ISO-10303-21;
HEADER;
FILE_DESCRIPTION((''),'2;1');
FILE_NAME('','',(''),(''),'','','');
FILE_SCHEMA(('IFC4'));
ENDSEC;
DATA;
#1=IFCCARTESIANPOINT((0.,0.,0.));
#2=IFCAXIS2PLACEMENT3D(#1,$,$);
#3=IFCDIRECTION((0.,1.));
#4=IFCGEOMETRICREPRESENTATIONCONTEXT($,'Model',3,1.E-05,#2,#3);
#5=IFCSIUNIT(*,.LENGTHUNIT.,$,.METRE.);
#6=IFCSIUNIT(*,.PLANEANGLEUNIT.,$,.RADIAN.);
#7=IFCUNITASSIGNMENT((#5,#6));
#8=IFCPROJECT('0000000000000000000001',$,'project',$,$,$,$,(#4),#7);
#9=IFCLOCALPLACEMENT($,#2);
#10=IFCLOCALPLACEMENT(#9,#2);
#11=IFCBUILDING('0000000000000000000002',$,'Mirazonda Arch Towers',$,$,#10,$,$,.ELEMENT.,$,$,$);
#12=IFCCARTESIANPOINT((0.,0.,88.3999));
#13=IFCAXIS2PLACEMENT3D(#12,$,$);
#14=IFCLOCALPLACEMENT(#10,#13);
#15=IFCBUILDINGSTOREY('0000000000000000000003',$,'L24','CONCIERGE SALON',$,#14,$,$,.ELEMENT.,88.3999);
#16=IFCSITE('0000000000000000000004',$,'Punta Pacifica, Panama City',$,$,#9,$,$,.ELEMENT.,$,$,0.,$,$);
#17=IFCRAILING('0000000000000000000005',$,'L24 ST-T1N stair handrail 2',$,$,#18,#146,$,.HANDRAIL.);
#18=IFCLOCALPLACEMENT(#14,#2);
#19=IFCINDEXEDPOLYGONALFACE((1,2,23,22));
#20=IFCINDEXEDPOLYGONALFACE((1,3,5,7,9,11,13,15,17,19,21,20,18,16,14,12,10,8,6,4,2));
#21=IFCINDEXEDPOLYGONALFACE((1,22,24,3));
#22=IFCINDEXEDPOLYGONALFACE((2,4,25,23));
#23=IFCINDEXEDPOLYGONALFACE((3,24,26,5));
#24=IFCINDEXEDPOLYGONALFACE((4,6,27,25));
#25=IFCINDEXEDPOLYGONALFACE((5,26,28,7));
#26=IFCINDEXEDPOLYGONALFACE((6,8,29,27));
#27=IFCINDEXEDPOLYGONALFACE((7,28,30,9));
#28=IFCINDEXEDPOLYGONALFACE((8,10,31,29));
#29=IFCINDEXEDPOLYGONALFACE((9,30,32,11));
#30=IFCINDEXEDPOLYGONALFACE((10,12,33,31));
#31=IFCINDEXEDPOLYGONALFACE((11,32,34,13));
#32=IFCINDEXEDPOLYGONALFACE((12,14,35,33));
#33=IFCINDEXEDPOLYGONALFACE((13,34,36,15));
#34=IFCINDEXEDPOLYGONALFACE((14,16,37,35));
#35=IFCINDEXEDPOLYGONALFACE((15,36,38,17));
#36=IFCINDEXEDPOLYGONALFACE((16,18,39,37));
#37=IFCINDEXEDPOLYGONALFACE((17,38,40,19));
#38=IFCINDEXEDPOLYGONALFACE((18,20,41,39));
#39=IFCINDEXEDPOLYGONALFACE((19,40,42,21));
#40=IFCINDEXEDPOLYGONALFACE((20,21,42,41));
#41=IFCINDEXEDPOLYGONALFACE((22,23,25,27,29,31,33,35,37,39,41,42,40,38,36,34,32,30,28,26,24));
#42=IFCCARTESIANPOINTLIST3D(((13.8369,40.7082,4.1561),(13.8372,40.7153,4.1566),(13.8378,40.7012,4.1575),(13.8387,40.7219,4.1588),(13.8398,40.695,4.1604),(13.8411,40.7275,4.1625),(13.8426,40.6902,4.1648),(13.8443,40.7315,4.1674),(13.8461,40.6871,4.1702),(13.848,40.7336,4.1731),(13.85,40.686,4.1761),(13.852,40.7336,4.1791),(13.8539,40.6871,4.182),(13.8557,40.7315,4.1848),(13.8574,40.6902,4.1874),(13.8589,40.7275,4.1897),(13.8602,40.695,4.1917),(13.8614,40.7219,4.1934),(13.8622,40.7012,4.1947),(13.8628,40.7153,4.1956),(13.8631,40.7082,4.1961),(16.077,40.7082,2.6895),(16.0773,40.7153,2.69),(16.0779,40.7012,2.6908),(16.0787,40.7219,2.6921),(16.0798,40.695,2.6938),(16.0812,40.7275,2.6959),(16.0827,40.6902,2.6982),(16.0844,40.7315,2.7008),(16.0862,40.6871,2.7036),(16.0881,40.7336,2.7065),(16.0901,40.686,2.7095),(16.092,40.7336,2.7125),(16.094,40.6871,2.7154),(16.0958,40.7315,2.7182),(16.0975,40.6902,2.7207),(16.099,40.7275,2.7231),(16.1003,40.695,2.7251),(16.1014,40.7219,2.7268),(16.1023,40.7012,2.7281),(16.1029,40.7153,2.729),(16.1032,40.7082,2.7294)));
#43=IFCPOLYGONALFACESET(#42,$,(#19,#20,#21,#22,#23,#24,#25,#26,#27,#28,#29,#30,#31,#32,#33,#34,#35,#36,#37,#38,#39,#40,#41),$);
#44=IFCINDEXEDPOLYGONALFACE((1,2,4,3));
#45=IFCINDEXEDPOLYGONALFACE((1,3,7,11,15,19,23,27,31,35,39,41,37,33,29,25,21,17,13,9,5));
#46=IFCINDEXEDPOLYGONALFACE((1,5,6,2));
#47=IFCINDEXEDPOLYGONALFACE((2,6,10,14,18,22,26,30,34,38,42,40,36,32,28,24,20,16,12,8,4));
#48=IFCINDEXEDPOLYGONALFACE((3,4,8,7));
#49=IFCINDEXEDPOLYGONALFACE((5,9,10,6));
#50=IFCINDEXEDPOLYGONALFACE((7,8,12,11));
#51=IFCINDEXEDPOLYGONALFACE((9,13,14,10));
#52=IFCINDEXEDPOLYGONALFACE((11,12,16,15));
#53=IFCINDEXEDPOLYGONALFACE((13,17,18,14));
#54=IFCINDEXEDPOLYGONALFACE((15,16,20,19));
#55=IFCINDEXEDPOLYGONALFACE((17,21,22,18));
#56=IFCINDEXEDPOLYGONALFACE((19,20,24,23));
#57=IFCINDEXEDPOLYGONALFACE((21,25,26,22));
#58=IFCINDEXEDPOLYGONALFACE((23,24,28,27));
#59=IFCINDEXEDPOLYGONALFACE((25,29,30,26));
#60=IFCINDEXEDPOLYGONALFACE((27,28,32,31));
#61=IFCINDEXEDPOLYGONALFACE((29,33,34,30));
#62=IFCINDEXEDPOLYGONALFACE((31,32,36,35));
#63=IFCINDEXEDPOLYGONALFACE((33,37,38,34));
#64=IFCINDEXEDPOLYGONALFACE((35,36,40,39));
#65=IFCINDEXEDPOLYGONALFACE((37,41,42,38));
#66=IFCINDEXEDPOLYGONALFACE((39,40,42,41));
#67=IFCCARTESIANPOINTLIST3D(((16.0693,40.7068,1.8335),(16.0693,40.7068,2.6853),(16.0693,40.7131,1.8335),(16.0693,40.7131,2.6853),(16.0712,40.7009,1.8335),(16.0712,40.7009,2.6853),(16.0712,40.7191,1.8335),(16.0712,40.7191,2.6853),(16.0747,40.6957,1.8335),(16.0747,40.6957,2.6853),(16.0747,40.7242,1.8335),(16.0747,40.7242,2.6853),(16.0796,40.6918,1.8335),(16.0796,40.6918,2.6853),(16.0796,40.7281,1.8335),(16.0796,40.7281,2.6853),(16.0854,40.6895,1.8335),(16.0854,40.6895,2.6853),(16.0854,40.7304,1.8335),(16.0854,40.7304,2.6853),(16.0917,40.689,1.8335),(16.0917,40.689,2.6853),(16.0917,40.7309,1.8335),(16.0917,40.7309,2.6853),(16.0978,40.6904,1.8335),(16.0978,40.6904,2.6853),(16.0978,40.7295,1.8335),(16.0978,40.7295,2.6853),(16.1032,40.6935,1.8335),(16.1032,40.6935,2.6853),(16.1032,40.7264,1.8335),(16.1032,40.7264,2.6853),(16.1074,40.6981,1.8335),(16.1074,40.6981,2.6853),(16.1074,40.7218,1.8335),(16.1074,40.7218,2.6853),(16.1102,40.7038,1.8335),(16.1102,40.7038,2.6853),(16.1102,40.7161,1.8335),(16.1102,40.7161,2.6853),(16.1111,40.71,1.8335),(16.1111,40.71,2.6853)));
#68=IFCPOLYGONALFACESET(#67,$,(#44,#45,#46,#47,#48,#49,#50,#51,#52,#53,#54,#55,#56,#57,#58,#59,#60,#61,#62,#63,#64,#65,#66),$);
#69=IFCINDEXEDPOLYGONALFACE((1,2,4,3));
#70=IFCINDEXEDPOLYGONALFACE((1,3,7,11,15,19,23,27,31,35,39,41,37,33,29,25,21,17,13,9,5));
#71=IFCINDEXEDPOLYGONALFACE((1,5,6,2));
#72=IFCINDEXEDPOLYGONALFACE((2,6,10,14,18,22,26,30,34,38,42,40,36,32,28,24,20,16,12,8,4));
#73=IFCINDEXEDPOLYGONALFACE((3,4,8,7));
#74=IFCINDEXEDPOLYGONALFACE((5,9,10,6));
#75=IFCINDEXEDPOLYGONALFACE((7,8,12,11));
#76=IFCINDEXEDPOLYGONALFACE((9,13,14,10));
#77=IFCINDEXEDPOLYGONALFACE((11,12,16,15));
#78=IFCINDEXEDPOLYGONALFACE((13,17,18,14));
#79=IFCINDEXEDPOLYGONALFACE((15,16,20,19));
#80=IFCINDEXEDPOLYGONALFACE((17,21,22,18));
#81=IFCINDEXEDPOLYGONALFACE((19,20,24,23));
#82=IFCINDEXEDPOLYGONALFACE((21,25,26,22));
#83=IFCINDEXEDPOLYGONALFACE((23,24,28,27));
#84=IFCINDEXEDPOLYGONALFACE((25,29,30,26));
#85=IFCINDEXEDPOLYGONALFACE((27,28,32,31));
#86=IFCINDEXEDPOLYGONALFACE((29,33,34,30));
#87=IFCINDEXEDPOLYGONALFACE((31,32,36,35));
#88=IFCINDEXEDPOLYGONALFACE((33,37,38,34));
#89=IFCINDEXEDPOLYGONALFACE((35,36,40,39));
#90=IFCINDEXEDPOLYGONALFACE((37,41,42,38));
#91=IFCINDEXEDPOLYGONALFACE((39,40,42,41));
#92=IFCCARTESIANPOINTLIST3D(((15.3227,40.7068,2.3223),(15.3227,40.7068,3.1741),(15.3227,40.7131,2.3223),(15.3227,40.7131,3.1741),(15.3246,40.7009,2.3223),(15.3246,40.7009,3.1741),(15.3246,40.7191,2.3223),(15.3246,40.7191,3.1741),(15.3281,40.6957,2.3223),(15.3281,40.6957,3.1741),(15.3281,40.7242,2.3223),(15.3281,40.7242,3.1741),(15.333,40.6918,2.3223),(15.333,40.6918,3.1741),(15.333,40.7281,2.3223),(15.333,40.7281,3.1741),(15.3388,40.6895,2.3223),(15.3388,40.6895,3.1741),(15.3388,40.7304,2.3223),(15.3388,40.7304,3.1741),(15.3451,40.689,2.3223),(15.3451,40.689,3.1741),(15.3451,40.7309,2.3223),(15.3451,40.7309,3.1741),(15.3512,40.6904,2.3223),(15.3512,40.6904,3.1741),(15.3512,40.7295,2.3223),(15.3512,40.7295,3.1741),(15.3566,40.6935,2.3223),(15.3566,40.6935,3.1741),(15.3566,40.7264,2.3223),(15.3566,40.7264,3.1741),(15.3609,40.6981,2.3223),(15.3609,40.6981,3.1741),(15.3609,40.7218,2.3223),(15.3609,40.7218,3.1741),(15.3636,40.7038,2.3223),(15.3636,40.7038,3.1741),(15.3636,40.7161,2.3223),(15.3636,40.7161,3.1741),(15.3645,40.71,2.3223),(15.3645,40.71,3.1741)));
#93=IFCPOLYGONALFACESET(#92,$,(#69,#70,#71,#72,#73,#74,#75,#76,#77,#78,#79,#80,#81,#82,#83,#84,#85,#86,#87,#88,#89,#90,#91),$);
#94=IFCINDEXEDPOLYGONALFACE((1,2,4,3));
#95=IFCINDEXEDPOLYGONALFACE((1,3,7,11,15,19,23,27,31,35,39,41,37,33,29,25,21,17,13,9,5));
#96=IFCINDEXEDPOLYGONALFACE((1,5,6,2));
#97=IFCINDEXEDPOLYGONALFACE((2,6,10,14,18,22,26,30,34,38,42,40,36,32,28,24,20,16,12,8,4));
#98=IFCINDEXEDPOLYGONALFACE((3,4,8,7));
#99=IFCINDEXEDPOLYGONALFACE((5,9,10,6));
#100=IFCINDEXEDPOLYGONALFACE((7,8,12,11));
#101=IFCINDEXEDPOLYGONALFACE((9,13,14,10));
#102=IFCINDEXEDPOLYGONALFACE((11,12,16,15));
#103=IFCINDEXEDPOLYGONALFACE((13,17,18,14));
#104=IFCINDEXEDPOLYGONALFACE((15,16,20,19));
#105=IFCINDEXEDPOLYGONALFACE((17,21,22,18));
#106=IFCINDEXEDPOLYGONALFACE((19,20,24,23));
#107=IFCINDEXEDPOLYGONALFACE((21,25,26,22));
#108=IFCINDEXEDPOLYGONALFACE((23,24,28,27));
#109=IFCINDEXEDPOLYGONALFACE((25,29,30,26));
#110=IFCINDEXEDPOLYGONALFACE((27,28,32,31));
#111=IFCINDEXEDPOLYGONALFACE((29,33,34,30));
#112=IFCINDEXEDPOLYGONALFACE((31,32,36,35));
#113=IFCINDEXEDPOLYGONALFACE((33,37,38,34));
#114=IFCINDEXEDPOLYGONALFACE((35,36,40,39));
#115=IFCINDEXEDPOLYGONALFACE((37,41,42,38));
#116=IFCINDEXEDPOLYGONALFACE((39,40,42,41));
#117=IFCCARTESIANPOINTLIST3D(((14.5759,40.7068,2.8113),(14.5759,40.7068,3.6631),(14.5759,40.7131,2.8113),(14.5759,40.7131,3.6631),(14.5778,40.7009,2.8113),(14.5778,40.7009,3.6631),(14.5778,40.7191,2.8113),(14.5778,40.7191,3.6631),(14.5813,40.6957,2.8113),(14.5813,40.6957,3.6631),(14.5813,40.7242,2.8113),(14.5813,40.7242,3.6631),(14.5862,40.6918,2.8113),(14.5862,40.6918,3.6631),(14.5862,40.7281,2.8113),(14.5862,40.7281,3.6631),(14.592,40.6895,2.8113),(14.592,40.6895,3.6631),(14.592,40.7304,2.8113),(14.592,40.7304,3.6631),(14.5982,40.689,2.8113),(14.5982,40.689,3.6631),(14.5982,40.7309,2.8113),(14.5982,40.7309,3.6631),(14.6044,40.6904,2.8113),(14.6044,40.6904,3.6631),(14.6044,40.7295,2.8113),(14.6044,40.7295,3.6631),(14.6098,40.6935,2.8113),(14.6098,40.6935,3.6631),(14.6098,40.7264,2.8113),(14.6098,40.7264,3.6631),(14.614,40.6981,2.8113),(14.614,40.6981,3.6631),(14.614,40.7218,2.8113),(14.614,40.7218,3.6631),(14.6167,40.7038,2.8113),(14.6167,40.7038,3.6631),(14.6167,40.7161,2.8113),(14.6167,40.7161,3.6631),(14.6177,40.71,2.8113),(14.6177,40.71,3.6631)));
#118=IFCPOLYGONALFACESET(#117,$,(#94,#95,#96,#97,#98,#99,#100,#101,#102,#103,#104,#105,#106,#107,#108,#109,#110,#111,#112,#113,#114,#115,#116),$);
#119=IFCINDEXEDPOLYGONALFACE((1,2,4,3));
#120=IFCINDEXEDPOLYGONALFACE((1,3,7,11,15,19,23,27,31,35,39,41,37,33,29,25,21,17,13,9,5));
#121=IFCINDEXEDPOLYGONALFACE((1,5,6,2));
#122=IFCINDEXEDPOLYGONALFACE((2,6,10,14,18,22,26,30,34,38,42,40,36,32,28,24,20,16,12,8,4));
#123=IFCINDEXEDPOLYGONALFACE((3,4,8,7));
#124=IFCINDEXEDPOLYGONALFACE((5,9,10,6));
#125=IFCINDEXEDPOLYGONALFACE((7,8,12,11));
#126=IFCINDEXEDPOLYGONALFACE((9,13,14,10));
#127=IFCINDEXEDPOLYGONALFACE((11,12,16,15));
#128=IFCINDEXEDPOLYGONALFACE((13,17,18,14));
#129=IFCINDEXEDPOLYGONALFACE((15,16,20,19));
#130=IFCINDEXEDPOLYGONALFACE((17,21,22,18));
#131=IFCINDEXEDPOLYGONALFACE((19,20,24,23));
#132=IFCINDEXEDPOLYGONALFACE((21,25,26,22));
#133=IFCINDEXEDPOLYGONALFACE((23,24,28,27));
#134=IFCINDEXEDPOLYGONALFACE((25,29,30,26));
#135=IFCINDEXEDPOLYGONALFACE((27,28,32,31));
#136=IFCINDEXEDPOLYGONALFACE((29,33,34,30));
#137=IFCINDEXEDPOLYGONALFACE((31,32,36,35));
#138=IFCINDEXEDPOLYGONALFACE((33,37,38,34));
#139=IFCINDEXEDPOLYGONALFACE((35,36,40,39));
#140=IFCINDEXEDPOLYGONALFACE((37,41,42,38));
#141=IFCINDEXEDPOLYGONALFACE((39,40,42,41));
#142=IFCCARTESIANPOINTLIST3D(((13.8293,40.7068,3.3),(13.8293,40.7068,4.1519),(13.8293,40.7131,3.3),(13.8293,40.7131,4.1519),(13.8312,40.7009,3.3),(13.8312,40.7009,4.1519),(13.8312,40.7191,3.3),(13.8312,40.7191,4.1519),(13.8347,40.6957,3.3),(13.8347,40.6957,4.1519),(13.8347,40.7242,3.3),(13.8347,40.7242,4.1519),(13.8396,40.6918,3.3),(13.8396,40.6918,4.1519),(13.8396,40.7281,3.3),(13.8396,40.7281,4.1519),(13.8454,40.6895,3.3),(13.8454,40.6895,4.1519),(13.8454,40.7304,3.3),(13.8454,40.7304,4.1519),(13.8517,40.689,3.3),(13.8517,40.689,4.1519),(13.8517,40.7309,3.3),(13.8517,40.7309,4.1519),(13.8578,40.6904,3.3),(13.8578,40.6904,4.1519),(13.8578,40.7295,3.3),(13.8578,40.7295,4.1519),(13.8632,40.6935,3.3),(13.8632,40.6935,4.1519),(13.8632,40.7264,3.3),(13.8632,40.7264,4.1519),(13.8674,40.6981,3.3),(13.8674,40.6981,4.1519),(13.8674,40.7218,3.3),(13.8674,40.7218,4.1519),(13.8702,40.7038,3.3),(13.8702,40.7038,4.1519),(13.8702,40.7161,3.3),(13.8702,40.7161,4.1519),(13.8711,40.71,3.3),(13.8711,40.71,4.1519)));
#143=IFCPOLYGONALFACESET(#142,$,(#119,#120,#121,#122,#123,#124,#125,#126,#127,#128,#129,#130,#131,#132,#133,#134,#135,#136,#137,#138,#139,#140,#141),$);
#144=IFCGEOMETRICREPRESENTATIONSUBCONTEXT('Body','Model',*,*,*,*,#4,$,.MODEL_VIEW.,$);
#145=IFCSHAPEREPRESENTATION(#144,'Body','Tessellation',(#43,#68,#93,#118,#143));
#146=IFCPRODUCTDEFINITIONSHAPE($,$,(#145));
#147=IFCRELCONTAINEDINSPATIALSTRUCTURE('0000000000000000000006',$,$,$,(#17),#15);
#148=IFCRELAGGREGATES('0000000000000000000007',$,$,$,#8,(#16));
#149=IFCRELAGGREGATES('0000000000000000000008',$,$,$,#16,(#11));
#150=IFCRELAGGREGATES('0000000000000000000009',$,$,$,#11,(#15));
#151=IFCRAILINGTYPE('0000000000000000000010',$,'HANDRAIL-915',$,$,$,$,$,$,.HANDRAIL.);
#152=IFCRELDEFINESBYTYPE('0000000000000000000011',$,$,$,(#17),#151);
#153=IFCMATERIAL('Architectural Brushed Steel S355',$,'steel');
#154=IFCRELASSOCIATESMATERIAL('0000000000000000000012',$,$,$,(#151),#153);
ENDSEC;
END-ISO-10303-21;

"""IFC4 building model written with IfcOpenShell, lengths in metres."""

from ifc_helpers import new_model, si_unit, direction, frame, origin, origin_2d, place, context, subcontext, project, spatial, circle, extrude, material, type_object, element, save


model = new_model("IFC4")

# Units and contexts
model_context = context("Model", 3, precision=1e-05, world=origin(), true_north=direction((0.0, 1.0)))
body_context = subcontext(model_context, "Body", "Model", "MODEL_VIEW")
ifc_project = project(units=[si_unit("LENGTHUNIT", "METRE"), si_unit("PLANEANGLEUNIT", "RADIAN")], contexts=[model_context])

# Site, building, storey
site_placement = place(None, origin())
site = spatial("IfcSite", under=ifc_project, at=site_placement, Name="Punta Pacifica, Panama City", CompositionType="ELEMENT", RefElevation=0.0)
building_placement = place(site_placement, origin())
building = spatial("IfcBuilding", under=site, at=building_placement, Name="Mirazonda Arch Towers", CompositionType="ELEMENT")
storey_placement = place(building_placement, frame((0.0, 0.0, 88.3999)))
storey = spatial("IfcBuildingStorey", under=building, at=storey_placement, Name="L24", Description="CONCIERGE SALON", CompositionType="ELEMENT", Elevation=88.3999)

# Railing
ifc_material_1 = material(Name="Architectural Brushed Steel S355", Category="steel")
railing_type_1 = type_object("IfcRailingType", Name="HANDRAIL-915", PredefinedType="HANDRAIL", material=ifc_material_1)
railing_1_placement = place(storey_placement, frame((16.0901, 40.71, 1.8335)))
element("IfcRailing", 1, at=railing_1_placement, inside=storey, type_object=railing_type_1, Name="L24 ST-T1N stair handrail 2", PredefinedType="HANDRAIL", context=body_context, shape_type="SweptSolid", body=[
    extrude(circle(Radius=0.0239, at=origin_2d()), frame((0.0, 0.0, 0.876), z_axis=(-0.836637, 0.0, 0.547758), x_axis=(0.0, -1.0, 0.0)), (0.0, 0.0, 1.0), 2.6775),
    extrude(circle(Radius=0.021, at=origin_2d()), origin(), (0.0, 0.0, 1.0), 0.8518),
    extrude(circle(Radius=0.021, at=origin_2d()), frame((-0.7466, 0.0, 0.4888)), (0.0, 0.0, 1.0), 0.8518),
    extrude(circle(Radius=0.021, at=origin_2d()), frame((-1.4934, 0.0, 0.9778)), (0.0, 0.0, 1.0), 0.8518),
    extrude(circle(Radius=0.021, at=origin_2d()), frame((-2.24, 0.0, 1.4666)), (0.0, 0.0, 1.0), 0.8518),
])

save(model, "model.ifc")
